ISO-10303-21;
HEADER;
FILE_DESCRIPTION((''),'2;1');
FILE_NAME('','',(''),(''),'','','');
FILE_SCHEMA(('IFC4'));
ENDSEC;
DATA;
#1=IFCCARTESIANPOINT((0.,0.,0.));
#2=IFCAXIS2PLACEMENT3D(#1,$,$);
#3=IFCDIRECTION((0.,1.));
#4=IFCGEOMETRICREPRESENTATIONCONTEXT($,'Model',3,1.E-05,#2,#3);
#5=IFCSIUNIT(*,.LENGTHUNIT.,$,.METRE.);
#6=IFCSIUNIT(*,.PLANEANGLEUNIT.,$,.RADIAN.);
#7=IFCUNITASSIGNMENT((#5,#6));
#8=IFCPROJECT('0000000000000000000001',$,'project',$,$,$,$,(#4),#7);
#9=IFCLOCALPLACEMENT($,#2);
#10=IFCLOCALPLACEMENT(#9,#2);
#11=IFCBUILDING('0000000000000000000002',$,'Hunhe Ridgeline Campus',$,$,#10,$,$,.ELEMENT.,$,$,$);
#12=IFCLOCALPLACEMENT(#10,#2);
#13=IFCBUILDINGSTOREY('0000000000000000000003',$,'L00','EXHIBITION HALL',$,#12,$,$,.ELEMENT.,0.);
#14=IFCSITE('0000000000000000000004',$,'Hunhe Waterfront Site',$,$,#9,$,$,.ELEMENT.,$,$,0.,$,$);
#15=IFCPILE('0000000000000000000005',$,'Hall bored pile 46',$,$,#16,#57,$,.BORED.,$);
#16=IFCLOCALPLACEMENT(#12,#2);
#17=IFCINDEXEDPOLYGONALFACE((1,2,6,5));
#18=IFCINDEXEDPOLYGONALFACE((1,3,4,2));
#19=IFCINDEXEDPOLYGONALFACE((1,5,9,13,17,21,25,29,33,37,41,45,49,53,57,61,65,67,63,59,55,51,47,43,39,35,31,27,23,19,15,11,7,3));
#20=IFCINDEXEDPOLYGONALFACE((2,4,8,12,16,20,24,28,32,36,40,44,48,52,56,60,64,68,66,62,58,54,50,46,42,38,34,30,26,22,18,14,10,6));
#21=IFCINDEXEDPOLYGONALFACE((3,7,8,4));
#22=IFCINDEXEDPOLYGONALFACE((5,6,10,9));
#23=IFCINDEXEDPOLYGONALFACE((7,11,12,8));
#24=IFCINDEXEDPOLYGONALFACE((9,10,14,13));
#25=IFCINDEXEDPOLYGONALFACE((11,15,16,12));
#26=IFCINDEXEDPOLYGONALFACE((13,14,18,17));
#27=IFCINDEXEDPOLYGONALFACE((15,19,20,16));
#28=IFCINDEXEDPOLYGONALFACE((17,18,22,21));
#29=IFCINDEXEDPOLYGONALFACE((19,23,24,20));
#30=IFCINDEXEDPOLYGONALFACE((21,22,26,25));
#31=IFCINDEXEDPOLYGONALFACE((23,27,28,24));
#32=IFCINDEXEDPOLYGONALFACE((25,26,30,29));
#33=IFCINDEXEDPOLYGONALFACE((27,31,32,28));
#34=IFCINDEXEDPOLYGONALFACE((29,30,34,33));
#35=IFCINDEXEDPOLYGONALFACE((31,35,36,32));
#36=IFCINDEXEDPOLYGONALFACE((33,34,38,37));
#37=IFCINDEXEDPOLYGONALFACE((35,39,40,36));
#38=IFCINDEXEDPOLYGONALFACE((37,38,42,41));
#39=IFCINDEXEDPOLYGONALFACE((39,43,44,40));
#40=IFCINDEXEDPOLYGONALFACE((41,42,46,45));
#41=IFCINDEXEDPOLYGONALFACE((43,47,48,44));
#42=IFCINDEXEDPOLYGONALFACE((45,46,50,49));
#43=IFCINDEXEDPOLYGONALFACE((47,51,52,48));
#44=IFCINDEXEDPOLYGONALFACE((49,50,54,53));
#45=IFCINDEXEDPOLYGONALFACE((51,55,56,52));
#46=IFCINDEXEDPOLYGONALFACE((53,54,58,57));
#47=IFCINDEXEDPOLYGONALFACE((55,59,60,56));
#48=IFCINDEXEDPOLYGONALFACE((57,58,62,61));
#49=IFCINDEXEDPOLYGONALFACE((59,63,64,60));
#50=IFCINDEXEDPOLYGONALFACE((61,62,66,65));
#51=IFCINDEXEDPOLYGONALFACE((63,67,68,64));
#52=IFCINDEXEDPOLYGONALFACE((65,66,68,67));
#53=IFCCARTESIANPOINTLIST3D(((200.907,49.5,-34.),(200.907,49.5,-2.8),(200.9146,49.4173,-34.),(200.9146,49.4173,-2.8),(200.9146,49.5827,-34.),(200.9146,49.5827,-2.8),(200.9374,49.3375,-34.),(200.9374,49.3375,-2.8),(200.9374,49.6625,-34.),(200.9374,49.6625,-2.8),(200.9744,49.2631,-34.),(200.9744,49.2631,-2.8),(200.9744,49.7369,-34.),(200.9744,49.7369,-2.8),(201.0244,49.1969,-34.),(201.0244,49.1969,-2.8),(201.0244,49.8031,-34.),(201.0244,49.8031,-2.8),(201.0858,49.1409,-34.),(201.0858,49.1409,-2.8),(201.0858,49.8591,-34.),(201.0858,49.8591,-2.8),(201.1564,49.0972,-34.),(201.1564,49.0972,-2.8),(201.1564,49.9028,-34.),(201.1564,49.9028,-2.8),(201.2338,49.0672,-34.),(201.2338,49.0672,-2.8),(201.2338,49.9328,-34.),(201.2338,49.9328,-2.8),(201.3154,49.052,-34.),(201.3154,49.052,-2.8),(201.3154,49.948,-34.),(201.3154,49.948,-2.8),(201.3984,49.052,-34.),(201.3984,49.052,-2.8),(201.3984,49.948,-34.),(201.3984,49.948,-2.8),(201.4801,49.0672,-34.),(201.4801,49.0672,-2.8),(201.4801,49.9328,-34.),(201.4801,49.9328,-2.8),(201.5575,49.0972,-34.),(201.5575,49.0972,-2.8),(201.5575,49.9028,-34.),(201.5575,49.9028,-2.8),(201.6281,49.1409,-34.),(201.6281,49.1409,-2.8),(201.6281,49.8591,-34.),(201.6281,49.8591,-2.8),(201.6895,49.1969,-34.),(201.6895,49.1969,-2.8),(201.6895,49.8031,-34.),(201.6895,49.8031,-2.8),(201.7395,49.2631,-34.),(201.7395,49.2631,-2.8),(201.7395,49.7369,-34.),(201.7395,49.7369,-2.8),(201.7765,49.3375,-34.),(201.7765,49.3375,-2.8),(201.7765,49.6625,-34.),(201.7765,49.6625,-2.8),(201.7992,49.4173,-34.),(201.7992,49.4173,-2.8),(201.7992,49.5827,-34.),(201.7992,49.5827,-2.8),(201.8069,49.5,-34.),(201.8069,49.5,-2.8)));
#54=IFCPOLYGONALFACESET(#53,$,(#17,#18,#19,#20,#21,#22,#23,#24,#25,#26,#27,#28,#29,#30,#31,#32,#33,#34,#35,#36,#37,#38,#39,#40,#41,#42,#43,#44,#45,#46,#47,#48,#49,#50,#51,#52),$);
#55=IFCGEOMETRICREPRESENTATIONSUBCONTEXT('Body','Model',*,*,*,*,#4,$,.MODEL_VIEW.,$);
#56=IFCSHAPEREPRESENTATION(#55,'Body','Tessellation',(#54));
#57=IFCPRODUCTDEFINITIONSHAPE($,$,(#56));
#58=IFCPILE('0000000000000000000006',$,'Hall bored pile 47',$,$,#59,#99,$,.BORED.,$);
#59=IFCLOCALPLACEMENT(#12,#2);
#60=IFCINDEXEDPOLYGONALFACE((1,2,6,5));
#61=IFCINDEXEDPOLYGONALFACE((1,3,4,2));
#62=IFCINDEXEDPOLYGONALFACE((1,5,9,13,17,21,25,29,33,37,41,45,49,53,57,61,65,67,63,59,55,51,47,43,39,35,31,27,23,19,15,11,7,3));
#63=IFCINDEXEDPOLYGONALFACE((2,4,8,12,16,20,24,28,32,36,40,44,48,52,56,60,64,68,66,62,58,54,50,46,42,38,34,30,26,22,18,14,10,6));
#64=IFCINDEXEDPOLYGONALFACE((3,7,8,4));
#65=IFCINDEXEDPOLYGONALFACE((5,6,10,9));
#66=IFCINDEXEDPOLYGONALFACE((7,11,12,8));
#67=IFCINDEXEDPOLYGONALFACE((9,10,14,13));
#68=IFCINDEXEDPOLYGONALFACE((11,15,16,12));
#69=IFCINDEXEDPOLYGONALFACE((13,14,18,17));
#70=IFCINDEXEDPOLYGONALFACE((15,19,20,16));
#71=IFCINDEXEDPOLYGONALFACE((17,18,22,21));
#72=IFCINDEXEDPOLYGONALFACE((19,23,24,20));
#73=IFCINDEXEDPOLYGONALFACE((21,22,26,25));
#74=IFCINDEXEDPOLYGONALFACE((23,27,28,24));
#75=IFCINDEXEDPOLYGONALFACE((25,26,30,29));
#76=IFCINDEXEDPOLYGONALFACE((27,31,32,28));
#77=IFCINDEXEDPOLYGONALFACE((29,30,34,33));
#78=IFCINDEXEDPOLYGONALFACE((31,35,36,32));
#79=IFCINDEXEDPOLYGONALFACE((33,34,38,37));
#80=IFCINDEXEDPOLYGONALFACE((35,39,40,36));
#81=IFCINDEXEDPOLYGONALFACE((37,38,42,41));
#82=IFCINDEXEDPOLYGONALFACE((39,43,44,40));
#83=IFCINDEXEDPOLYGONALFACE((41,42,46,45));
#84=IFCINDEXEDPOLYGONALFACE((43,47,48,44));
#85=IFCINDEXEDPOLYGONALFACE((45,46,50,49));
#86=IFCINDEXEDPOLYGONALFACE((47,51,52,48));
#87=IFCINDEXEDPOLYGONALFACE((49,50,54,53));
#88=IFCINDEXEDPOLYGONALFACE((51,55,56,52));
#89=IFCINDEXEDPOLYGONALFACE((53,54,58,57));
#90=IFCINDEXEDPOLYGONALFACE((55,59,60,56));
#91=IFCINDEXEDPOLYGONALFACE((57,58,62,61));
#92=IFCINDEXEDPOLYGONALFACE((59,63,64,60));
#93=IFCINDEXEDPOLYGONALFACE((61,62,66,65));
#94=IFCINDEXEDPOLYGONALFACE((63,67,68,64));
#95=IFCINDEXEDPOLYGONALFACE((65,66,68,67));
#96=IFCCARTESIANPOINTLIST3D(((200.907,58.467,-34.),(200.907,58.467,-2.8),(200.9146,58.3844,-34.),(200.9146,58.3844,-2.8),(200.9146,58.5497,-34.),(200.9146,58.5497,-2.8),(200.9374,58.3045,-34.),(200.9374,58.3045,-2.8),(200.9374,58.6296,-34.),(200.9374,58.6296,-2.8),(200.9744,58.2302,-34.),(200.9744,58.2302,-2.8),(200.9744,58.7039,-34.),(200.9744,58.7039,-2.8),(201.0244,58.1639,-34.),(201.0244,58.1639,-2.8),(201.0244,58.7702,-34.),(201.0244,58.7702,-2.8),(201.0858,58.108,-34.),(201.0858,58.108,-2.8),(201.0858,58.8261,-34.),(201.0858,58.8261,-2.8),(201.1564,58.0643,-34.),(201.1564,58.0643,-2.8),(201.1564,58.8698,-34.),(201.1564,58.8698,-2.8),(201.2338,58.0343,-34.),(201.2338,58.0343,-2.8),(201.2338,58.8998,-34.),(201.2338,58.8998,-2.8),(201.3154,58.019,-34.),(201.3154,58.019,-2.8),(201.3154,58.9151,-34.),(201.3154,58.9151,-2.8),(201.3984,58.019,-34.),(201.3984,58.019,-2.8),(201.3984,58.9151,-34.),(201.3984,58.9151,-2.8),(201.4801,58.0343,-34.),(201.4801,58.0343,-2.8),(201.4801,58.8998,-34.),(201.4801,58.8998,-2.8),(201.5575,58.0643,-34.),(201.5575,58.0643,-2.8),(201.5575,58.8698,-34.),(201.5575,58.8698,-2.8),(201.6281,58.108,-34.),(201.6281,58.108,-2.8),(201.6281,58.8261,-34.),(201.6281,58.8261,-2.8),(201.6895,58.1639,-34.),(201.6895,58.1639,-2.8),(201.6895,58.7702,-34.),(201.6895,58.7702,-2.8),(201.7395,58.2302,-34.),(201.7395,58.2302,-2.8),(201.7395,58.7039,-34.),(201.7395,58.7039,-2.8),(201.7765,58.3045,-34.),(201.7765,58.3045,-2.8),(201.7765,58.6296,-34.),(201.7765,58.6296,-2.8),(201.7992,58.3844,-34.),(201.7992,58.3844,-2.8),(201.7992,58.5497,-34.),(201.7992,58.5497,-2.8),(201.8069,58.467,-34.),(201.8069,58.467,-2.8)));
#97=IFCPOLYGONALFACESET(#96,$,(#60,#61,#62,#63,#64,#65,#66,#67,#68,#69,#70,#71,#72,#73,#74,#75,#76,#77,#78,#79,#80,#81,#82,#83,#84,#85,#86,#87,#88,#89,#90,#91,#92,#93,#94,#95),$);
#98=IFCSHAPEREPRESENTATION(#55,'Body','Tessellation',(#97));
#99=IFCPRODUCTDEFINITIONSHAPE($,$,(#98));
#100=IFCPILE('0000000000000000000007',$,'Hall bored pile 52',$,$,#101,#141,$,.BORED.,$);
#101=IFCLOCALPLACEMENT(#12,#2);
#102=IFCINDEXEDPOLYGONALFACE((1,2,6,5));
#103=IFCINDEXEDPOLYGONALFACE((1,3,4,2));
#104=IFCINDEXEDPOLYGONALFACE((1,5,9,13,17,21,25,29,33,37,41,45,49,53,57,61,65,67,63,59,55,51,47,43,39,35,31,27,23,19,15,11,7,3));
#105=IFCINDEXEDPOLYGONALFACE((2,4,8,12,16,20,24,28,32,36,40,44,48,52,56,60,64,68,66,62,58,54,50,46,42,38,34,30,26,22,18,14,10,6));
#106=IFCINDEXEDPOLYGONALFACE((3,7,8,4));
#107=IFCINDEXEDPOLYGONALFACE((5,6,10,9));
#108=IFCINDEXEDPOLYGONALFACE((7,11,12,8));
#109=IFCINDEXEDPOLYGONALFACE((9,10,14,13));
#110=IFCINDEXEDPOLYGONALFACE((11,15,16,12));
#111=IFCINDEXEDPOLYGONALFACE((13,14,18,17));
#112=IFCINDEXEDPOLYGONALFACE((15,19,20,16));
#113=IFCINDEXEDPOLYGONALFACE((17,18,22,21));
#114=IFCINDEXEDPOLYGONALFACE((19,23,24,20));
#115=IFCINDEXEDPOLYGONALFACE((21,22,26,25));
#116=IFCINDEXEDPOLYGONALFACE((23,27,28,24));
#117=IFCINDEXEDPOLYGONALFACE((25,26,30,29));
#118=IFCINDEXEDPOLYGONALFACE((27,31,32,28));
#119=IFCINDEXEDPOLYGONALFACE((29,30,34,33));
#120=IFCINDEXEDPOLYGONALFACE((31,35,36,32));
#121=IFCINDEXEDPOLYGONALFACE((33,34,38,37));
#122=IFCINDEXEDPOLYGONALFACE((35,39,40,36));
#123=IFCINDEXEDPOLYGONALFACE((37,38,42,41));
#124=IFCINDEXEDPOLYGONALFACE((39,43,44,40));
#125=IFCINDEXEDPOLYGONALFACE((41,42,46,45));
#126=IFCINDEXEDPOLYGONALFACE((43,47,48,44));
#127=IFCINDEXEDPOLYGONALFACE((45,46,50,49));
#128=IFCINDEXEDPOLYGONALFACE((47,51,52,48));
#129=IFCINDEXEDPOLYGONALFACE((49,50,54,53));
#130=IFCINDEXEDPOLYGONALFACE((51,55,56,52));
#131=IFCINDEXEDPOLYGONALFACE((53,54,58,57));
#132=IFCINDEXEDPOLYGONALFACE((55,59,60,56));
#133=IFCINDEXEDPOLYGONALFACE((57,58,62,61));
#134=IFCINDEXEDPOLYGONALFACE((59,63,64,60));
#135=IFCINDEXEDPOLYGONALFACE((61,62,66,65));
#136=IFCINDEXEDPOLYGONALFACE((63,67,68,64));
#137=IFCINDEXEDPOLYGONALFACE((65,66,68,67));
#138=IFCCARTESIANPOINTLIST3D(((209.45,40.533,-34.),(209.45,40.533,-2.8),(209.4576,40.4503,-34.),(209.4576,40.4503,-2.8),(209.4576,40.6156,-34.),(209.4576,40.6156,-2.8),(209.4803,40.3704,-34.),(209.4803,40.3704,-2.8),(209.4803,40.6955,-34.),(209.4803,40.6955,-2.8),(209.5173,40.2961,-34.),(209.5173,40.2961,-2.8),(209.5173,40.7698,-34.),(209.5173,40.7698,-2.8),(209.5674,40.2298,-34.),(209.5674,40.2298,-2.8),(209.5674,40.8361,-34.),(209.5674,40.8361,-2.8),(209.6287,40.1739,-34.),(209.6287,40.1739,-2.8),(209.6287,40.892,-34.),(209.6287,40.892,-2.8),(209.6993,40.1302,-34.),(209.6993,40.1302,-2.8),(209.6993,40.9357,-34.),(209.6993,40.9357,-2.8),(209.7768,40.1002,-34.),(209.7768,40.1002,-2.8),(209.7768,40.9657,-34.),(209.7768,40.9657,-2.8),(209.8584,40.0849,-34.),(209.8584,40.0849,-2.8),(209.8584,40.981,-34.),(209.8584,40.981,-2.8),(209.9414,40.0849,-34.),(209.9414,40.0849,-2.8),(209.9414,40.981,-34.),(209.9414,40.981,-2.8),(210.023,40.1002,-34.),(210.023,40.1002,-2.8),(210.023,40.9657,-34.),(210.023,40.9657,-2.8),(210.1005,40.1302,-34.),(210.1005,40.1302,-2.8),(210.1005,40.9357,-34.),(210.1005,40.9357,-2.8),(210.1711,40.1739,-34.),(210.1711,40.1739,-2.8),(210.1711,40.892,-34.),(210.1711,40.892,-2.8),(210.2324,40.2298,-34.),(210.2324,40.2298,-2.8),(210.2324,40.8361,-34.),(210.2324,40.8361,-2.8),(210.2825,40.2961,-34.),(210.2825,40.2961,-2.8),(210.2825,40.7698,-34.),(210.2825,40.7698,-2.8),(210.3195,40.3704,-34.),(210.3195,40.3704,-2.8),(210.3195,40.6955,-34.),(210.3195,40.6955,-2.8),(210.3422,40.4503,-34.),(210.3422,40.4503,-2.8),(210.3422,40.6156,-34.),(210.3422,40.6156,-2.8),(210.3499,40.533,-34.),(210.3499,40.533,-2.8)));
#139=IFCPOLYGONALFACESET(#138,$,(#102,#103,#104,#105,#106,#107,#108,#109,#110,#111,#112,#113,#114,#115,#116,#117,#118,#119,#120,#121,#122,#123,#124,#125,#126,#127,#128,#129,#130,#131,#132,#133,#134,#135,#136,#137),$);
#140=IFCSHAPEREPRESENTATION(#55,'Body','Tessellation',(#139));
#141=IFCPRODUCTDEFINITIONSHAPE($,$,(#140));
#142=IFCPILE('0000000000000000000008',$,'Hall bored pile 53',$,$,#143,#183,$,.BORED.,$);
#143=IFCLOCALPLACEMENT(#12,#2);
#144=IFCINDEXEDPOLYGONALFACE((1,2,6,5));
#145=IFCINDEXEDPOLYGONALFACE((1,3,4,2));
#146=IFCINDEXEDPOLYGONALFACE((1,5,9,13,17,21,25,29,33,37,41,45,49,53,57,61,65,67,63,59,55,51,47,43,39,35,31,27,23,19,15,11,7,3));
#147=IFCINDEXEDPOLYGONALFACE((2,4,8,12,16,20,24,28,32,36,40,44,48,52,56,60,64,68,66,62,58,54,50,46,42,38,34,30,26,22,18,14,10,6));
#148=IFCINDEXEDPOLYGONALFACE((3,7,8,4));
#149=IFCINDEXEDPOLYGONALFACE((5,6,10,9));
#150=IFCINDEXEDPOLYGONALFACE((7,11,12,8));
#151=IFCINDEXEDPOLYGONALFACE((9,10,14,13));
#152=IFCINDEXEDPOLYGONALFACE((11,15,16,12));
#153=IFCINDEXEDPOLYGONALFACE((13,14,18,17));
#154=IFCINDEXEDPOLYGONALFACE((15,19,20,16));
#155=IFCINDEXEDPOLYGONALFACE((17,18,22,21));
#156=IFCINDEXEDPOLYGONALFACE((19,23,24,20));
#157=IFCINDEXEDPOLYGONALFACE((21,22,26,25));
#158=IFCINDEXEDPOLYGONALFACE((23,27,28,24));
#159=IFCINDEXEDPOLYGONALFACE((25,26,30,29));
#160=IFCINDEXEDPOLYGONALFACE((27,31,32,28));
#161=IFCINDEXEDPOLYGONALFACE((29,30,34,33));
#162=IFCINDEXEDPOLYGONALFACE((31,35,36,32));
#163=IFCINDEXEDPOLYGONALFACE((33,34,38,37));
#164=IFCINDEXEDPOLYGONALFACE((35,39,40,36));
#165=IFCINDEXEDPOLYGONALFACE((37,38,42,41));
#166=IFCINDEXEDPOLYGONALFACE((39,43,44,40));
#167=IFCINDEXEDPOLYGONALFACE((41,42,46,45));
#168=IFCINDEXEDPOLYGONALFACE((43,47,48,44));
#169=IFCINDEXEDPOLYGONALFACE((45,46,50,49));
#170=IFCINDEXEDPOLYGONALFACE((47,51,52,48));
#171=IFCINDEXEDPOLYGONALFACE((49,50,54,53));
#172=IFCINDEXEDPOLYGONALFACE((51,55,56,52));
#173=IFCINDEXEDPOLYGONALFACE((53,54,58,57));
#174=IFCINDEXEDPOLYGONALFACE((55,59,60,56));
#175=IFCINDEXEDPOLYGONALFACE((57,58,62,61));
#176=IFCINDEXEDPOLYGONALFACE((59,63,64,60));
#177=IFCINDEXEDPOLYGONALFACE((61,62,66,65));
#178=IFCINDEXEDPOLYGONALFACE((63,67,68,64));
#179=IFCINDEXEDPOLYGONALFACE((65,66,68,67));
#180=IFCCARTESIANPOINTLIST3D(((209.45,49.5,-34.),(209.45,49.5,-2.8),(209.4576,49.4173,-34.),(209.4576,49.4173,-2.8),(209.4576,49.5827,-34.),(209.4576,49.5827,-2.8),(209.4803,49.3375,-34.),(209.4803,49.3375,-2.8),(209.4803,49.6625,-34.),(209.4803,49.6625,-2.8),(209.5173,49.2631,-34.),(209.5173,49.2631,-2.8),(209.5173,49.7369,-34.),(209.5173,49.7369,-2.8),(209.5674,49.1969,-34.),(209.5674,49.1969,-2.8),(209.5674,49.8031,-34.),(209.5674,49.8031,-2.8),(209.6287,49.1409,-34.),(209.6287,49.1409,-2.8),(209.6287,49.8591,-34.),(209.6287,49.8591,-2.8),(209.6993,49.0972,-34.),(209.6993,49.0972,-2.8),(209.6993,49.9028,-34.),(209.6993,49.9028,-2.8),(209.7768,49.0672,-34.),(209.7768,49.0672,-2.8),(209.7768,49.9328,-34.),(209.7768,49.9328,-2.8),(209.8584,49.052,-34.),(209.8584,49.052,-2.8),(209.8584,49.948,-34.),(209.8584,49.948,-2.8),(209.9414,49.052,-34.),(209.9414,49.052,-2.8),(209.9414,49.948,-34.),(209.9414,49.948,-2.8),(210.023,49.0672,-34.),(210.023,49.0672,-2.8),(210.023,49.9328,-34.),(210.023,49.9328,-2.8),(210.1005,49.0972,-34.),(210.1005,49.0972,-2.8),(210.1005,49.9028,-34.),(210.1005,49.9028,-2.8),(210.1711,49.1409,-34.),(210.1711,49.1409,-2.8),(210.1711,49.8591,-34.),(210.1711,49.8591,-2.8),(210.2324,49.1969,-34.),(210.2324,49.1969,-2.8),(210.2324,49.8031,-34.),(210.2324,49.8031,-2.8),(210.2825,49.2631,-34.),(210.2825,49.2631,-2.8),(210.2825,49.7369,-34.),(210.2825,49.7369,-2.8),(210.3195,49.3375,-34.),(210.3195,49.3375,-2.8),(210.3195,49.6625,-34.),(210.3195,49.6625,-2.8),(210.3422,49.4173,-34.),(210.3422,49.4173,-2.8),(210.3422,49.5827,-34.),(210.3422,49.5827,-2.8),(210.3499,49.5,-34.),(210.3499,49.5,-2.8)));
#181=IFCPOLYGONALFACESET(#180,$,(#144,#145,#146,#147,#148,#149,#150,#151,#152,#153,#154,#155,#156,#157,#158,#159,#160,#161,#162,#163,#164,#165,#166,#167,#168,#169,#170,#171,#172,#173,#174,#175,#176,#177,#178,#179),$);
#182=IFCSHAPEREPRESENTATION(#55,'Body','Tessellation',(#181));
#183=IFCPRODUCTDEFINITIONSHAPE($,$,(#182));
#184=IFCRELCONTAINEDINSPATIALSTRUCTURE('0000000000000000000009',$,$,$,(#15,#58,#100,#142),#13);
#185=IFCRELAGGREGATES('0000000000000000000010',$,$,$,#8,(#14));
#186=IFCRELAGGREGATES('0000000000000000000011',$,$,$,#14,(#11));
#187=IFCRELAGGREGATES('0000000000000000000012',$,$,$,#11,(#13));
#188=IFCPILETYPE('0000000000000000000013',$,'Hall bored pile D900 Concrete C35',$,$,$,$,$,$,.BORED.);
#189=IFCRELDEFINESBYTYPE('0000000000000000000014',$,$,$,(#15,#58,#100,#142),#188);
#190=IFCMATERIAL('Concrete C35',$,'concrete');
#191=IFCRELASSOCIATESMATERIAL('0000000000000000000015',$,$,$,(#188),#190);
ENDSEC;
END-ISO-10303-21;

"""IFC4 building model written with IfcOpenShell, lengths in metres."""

from ifc_helpers import new_model, si_unit, direction, frame, origin, origin_2d, place, context, subcontext, project, spatial, circle, extrude, material, material_profile, profile_set, type_object, element, save


model = new_model("IFC4")

# Units and contexts
model_context = context("Model", 3, precision=1e-05, world=origin(), true_north=direction((0.0, 1.0)))
body_context = subcontext(model_context, "Body", "Model", "MODEL_VIEW")
ifc_project = project(units=[si_unit("LENGTHUNIT", "METRE"), si_unit("PLANEANGLEUNIT", "RADIAN")], contexts=[model_context])

# Site, building, storey
site_placement = place(None, origin())
site = spatial("IfcSite", under=ifc_project, at=site_placement, Name="Hunhe Waterfront Site", CompositionType="ELEMENT", RefElevation=0.0)
building_placement = place(site_placement, origin())
building = spatial("IfcBuilding", under=site, at=building_placement, Name="Hunhe Ridgeline Campus", CompositionType="ELEMENT")
storey_placement = place(building_placement, origin())
storey = spatial("IfcBuildingStorey", under=building, at=storey_placement, Name="L00", Description="EXHIBITION HALL", CompositionType="ELEMENT", Elevation=0.0)

# Piles
ifc_material_1 = material(Name="Concrete C35", Category="concrete")
ifc_material_profile_1 = material_profile(ifc_material_1, circle(Radius=0.45, at=origin_2d()))
ifc_profile_set_1 = profile_set([ifc_material_profile_1], Name="Concrete C35")
pile_type = type_object("IfcPileType", Name="Hall bored pile D900 Concrete C35", PredefinedType="BORED", material=ifc_profile_set_1)
for number, where, z_axis, x_axis, name in (
    (1, (201.3569, 49.5, -2.8), (0.0, 0.0, -1.0), (1.0, 0.0, 0.0), "Hall bored pile 46"),
    (2, (201.3569, 58.467, -2.8), (0.0, 0.0, -1.0), (1.0, 0.0, 0.0), "Hall bored pile 47"),
    (3, (209.8999, 40.533, -2.8), (0.0, 0.0, -1.0), (1.0, 0.0, 0.0), "Hall bored pile 52"),
    (4, (209.8999, 49.5, -2.8), (0.0, 0.0, -1.0), (1.0, 0.0, 0.0), "Hall bored pile 53"),
):
    element("IfcPile", number, at=place(storey_placement, frame(where, z_axis=z_axis, x_axis=x_axis)), inside=storey, type_object=pile_type, Name=name, PredefinedType="BORED", context=body_context, shape_type="SweptSolid", body=[
        extrude(circle(Radius=0.45, at=origin_2d()), origin(), (0.0, 0.0, 1.0), 31.2),
    ])

save(model, "model.ifc")
